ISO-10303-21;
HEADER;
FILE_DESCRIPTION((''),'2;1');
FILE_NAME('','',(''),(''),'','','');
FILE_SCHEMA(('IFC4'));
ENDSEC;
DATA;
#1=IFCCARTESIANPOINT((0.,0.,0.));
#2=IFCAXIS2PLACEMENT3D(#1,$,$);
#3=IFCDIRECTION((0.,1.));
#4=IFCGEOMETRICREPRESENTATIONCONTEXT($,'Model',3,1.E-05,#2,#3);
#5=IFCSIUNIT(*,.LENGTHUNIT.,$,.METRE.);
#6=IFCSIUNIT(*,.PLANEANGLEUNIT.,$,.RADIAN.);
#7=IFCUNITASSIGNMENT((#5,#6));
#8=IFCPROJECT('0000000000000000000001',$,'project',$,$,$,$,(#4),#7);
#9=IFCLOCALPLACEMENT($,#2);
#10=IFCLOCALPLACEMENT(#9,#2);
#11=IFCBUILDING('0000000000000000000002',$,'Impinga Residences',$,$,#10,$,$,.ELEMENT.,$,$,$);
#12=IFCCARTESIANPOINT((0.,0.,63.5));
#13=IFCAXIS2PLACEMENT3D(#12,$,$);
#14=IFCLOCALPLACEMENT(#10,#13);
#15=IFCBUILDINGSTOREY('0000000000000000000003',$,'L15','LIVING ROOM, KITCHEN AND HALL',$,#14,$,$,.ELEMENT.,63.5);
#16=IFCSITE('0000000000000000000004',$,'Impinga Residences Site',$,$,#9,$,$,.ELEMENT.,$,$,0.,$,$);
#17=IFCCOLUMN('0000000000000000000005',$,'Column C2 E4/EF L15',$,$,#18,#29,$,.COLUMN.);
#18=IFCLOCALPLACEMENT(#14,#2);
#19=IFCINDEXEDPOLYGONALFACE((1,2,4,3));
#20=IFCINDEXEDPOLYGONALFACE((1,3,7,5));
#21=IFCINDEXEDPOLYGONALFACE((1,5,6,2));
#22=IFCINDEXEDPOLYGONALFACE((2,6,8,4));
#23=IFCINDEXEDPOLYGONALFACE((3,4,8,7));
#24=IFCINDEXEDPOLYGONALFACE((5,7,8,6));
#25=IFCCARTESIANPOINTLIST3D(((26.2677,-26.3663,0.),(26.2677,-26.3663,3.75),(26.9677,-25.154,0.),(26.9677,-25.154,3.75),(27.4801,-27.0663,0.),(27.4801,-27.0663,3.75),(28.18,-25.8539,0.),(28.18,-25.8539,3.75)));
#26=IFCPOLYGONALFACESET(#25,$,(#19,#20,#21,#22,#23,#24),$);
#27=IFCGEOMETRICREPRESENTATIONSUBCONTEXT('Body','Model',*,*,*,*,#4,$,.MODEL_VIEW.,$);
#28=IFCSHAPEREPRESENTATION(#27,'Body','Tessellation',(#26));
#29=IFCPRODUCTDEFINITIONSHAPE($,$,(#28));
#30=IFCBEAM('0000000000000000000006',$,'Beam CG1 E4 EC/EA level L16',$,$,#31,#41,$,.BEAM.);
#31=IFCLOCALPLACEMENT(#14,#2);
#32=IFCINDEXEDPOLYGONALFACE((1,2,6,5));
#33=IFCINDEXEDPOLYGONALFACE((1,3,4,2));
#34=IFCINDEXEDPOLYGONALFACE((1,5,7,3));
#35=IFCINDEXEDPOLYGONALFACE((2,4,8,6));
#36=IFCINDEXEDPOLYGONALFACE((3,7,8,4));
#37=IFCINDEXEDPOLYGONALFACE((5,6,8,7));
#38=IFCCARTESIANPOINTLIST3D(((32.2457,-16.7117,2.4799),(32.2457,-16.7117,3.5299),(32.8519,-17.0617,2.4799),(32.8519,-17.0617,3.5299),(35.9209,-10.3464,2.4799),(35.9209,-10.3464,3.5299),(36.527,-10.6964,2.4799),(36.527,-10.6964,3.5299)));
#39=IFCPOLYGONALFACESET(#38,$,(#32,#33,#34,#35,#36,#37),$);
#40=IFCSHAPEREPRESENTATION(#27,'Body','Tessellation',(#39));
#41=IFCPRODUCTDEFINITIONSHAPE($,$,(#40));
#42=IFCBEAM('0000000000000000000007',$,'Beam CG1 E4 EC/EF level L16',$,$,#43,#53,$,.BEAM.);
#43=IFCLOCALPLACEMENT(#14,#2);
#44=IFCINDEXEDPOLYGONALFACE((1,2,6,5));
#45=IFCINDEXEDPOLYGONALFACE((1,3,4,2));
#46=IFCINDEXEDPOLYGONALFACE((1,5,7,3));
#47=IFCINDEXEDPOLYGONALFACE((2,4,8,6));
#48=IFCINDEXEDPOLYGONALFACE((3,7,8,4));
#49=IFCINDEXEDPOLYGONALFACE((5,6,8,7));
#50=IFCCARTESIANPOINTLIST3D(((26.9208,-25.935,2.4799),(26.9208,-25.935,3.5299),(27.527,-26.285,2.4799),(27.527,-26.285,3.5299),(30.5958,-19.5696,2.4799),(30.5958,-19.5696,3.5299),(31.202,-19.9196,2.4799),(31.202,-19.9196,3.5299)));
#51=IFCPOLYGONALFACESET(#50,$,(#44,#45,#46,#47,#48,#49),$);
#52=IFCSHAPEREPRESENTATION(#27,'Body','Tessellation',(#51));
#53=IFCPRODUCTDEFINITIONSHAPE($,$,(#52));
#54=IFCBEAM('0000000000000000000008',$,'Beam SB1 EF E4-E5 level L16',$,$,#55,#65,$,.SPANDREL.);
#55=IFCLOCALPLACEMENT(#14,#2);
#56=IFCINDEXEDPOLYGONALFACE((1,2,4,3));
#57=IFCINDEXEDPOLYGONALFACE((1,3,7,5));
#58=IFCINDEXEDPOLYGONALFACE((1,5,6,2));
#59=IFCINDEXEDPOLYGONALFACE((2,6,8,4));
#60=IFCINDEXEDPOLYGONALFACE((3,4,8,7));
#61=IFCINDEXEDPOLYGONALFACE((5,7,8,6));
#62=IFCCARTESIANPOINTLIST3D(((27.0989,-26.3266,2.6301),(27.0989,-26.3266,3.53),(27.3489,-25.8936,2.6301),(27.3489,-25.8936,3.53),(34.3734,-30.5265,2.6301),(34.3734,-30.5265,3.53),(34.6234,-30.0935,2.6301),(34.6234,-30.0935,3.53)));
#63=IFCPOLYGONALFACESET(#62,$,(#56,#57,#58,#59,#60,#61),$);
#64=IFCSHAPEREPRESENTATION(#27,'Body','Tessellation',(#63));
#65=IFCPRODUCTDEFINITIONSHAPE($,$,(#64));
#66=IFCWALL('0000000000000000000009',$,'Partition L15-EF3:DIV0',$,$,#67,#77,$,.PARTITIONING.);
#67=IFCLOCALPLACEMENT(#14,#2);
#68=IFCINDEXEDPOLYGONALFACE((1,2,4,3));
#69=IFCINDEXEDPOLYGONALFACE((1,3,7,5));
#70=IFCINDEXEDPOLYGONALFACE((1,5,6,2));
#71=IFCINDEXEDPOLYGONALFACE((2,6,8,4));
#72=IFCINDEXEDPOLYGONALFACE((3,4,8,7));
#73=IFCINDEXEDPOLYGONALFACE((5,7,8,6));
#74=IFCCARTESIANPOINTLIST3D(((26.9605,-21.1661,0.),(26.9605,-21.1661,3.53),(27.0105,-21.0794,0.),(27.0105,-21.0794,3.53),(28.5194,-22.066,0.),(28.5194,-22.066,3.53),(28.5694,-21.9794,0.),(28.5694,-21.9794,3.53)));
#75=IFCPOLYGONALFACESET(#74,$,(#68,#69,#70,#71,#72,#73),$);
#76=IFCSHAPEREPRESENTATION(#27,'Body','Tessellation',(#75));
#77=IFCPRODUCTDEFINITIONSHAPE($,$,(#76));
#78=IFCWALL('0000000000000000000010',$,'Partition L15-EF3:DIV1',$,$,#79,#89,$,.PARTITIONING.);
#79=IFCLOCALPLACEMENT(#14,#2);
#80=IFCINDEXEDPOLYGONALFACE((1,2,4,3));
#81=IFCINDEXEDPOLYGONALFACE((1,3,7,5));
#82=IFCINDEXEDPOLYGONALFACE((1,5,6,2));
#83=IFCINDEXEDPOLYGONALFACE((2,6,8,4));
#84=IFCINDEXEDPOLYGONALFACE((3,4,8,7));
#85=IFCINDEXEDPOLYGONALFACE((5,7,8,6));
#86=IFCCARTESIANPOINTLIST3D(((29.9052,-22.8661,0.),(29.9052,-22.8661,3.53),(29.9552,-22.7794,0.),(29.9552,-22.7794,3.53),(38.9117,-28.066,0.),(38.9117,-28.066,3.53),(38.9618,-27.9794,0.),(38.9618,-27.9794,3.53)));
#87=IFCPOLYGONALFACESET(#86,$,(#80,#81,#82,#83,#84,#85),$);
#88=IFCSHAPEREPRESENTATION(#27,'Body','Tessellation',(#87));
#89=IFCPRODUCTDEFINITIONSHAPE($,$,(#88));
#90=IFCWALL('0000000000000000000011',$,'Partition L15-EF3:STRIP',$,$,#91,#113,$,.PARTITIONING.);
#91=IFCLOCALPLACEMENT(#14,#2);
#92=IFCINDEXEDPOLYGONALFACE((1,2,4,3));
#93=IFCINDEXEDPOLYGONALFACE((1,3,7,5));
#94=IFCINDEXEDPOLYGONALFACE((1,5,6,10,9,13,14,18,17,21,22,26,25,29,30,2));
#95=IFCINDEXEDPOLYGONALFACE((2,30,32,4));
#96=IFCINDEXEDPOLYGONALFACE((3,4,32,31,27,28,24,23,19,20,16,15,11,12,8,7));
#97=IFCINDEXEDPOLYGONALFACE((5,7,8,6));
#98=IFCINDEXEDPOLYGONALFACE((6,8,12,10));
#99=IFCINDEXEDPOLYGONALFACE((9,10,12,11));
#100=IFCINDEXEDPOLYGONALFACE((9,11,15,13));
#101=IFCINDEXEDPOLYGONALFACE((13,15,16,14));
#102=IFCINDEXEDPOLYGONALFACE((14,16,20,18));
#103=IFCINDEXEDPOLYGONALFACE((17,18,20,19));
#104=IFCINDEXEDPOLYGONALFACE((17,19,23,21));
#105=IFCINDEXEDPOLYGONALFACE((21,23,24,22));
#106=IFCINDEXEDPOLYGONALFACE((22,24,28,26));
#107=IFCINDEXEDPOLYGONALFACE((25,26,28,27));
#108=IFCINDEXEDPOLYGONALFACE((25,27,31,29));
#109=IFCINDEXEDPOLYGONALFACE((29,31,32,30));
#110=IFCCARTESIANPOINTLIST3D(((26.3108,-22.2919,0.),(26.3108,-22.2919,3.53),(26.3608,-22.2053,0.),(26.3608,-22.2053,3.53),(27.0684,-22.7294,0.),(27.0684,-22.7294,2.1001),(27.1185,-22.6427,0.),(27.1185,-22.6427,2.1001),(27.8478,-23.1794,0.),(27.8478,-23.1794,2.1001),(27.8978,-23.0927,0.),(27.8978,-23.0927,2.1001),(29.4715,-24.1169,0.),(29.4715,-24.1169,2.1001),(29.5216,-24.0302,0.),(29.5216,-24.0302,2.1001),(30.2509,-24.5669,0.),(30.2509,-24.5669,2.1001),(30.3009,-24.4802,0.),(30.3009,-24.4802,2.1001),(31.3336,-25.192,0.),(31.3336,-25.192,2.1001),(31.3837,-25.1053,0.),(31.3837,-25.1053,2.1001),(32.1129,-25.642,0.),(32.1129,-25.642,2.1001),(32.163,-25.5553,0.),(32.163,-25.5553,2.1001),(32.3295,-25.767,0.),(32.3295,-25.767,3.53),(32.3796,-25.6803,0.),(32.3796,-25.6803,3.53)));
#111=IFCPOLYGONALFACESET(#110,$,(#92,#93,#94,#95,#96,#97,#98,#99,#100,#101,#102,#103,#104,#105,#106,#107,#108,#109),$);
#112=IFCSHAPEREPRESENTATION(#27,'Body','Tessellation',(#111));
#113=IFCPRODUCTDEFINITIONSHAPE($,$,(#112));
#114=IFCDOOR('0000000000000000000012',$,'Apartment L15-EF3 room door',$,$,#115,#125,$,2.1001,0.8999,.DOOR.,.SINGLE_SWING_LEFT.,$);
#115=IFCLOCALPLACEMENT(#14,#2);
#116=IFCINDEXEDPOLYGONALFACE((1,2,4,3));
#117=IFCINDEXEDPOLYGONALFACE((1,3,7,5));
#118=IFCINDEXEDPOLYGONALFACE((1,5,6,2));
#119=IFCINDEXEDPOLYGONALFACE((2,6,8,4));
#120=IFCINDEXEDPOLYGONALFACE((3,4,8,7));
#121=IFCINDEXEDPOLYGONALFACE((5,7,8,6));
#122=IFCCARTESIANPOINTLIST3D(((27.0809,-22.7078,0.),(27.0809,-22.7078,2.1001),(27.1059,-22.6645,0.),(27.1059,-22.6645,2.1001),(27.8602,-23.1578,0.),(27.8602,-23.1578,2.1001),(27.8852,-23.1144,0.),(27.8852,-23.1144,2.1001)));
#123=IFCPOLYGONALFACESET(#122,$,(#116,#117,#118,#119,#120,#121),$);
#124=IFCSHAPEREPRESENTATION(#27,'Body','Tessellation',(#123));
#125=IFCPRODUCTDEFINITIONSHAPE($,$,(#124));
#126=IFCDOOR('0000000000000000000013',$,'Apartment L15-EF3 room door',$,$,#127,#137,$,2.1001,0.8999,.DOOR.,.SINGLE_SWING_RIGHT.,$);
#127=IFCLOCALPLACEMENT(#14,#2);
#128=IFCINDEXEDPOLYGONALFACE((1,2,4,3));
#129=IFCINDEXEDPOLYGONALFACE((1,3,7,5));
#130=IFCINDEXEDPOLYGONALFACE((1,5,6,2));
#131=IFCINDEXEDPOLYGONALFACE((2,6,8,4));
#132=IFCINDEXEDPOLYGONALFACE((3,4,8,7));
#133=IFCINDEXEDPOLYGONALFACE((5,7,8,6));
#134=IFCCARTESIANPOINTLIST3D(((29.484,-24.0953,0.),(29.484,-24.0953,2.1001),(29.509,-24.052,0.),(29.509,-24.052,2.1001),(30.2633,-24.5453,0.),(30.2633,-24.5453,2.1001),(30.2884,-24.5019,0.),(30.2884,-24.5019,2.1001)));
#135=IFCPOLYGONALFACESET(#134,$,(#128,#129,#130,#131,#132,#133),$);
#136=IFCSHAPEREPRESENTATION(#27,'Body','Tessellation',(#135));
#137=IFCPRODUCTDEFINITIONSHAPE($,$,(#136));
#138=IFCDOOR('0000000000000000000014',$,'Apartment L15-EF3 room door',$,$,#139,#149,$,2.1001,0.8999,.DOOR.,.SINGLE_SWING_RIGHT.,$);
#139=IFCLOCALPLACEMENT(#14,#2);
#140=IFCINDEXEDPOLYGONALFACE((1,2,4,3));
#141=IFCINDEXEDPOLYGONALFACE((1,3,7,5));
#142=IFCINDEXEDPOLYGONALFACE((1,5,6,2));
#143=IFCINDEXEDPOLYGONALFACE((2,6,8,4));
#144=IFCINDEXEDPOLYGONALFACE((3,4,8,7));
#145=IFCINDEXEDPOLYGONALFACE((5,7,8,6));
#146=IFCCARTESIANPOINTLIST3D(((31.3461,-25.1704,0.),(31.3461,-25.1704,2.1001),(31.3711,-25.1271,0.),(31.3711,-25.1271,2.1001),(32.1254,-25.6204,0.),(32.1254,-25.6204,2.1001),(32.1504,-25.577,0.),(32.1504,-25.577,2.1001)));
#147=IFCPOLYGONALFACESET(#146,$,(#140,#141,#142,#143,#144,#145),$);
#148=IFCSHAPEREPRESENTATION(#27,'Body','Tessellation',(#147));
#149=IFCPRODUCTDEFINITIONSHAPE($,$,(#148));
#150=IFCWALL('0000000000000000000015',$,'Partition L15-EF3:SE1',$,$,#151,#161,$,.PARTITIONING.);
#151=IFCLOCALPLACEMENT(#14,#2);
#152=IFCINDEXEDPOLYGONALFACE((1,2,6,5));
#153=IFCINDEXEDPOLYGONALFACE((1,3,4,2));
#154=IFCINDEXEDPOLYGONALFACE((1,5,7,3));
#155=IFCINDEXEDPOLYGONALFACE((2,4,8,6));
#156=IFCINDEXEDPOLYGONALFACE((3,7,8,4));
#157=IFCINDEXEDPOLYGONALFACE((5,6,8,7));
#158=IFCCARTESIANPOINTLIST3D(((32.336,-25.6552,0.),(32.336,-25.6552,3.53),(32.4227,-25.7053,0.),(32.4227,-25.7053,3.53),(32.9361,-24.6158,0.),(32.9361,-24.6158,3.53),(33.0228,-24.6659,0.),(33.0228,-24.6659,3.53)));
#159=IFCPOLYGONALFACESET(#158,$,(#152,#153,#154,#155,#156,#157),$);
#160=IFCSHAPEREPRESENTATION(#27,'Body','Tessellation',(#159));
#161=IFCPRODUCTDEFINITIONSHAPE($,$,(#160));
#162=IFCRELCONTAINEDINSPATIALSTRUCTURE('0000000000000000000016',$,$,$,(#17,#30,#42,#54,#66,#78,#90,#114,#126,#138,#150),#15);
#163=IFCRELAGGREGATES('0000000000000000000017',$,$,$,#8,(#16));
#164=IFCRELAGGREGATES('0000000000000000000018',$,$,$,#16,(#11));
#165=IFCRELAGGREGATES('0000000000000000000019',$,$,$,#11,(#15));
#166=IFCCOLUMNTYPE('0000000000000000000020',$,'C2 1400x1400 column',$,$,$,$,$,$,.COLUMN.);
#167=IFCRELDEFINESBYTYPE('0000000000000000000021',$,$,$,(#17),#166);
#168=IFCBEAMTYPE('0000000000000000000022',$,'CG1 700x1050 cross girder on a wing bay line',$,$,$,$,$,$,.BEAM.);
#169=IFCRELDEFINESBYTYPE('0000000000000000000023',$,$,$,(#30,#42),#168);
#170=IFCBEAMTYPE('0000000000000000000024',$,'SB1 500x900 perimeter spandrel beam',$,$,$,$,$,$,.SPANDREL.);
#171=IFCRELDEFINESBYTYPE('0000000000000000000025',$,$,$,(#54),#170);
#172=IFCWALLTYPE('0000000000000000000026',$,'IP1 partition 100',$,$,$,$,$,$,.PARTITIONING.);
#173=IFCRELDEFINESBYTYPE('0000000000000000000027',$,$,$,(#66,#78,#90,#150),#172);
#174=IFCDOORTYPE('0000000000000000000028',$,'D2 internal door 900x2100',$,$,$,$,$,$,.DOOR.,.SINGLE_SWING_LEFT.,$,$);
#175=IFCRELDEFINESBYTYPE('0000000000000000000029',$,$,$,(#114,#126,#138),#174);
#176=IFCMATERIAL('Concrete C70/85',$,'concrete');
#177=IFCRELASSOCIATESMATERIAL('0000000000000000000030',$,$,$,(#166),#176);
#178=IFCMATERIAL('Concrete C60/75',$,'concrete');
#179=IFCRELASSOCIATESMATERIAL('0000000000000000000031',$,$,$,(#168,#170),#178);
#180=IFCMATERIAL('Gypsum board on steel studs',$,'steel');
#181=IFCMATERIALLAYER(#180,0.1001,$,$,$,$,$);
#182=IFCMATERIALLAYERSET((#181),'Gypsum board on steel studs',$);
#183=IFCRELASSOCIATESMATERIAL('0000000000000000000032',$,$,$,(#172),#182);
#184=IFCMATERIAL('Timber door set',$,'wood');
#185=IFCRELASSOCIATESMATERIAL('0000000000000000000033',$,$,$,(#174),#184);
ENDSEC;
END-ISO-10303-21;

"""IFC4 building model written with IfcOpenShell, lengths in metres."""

from ifc_helpers import new_model, si_unit, direction, frame, frame_2d, origin, origin_2d, place, context, subcontext, project, spatial, rectangle, extrude, material, layer, layer_set, material_profile, profile_set, type_object, element, fill, save


model = new_model("IFC4")

# Units and contexts
model_context = context("Model", 3, precision=1e-05, world=origin(), true_north=direction((0.0, 1.0)))
body_context = subcontext(model_context, "Body", "Model", "MODEL_VIEW")
ifc_project = project(units=[si_unit("LENGTHUNIT", "METRE"), si_unit("PLANEANGLEUNIT", "RADIAN")], contexts=[model_context])

# Site, building, storey
site_placement = place(None, origin())
site = spatial("IfcSite", under=ifc_project, at=site_placement, Name="Impinga Residences Site", CompositionType="ELEMENT", RefElevation=0.0)
building_placement = place(site_placement, origin())
building = spatial("IfcBuilding", under=site, at=building_placement, Name="Impinga Residences", CompositionType="ELEMENT")
storey_placement = place(building_placement, frame((0.0, 0.0, 63.5)))
storey = spatial("IfcBuildingStorey", under=building, at=storey_placement, Name="L15", Description="LIVING ROOM, KITCHEN AND HALL", CompositionType="ELEMENT", Elevation=63.5)

# Column
ifc_material_1 = material(Name="Concrete C70/85", Category="concrete")
ifc_material_profile_1 = material_profile(ifc_material_1, rectangle(XDim=1.3999, YDim=1.3999, at=origin_2d()), Name="RC 1400x1400")
ifc_profile_set_1 = profile_set([ifc_material_profile_1], Name="Concrete C70/85")
column_type = type_object("IfcColumnType", Name="C2 1400x1400 column", PredefinedType="COLUMN", material=ifc_profile_set_1)
column_placement = place(storey_placement, frame((27.2239, -26.1101, 0.0), z_axis=(0.0, 0.0, 1.0), x_axis=(-0.5, -0.866025, 0.0)))
element("IfcColumn", 1, at=column_placement, inside=storey, type_object=column_type, Name="Column C2 E4/EF L15", PredefinedType="COLUMN", context=body_context, shape_type="SweptSolid", body=[
    extrude(rectangle(XDim=1.3999, YDim=1.3999, at=origin_2d()), origin(), (0.0, 0.0, 1.0), 3.75),
])

# Beams
ifc_material_2 = material(Name="Concrete C60/75", Category="concrete")
ifc_material_profile_2 = material_profile(ifc_material_2, rectangle(XDim=0.7, YDim=1.05, at=origin_2d()), Name="RC 700x1050")
ifc_profile_set_2 = profile_set([ifc_material_profile_2], Name="Concrete C60/75")
beam_type_1 = type_object("IfcBeamType", Name="CG1 700x1050 cross girder on a wing bay line", PredefinedType="BEAM", material=ifc_profile_set_2)
for number, where, z_axis, x_axis, name in (
    (2, (32.5488, -16.8867, 3.0049), (0.500008, 0.866021, 0.0), (-0.866021, 0.500008, 0.0), "Beam CG1 E4 EC/EA level L16"),
    (3, (30.8989, -19.7446, 3.0049), (-0.499994, -0.866029, 0.0), (0.866029, -0.499994, 0.0), "Beam CG1 E4 EC/EF level L16"),
):
    element("IfcBeam", number, at=place(storey_placement, frame(where, z_axis=z_axis, x_axis=x_axis)), inside=storey, type_object=beam_type_1, Name=name, PredefinedType="BEAM", context=body_context, shape_type="SweptSolid", body=[
        extrude(rectangle(XDim=0.7, YDim=1.05, at=origin_2d()), origin(), (0.0, 0.0, 1.0), 7.3501),
    ])
ifc_material_profile_3 = material_profile(ifc_material_2, rectangle(XDim=0.5, YDim=0.8999, at=origin_2d()), Name="RC 500x900")
ifc_profile_set_3 = profile_set([ifc_material_profile_3], Name="Concrete C60/75")
beam_type_2 = type_object("IfcBeamType", Name="SB1 500x900 perimeter spandrel beam", PredefinedType="SPANDREL", material=ifc_profile_set_3)
beam_placement = place(storey_placement, frame((27.2239, -26.1101, 3.0801), z_axis=(0.866029, -0.499993, 0.0), x_axis=(0.499993, 0.866029, 0.0)))
element("IfcBeam", 4, at=beam_placement, inside=storey, type_object=beam_type_2, Name="Beam SB1 EF E4-E5 level L16", PredefinedType="SPANDREL", context=body_context, shape_type="SweptSolid", body=[
    extrude(rectangle(XDim=0.5, YDim=0.8999, at=origin_2d()), origin(), (0.0, 0.0, 1.0), 8.3999),
])

# Walls
ifc_material_3 = material(Name="Gypsum board on steel studs", Category="steel")
ifc_layer_1 = layer(ifc_material_3, 0.1001)
ifc_layer_set_1 = layer_set([ifc_layer_1], Name="Gypsum board on steel studs")
wall_type_1 = type_object("IfcWallType", Name="IP1 partition 100", PredefinedType="PARTITIONING", material=ifc_layer_set_1)
wall_1_placement = place(storey_placement, frame((26.9856, -21.1228, 0.0), z_axis=(0.0, 0.0, 1.0), x_axis=(0.866048, -0.499961, 0.0)))
element("IfcWall", 5, at=wall_1_placement, inside=storey, type_object=wall_type_1, Name="Partition L15-EF3:DIV0", PredefinedType="PARTITIONING", context=body_context, shape_type="SweptSolid", body=[
    extrude(rectangle(XDim=1.8, YDim=0.1001, at=frame_2d((0.8999, 0.0))), origin(), (0.0, 0.0, 1.0), 3.53),
])
wall_2_placement = place(storey_placement, frame((29.9302, -22.8228, 0.0), z_axis=(0.0, 0.0, 1.0), x_axis=(0.866026, -0.499999, 0.0)))
element("IfcWall", 6, at=wall_2_placement, inside=storey, type_object=wall_type_1, Name="Partition L15-EF3:DIV1", PredefinedType="PARTITIONING", context=body_context, shape_type="SweptSolid", body=[
    extrude(rectangle(XDim=10.3999, YDim=0.1001, at=frame_2d((5.2, 0.0))), origin(), (0.0, 0.0, 1.0), 3.53),
])

# Wall, openings, doors
wall_3_placement = place(storey_placement, frame((26.3357, -22.2485, 0.0), z_axis=(0.0, 0.0, 1.0), x_axis=(0.866017, -0.500015, 0.0)))
wall_3 = element("IfcWall", 7, at=wall_3_placement, inside=storey, type_object=wall_type_1, Name="Partition L15-EF3:STRIP", PredefinedType="PARTITIONING", context=body_context, shape_type="SweptSolid", body=[
    extrude(rectangle(XDim=6.95, YDim=0.1001, at=frame_2d((3.4751, 0.0))), origin(), (0.0, 0.0, 1.0), 3.53),
])
opening_1_placement = place(wall_3_placement, frame((0.875, 0.0, 0.0)))
opening_1 = element("IfcOpeningElement", 8, at=opening_1_placement, cuts=wall_3, PredefinedType="OPENING", context=body_context, shape_type="SweptSolid", body=[
    extrude(rectangle(XDim=0.8999, YDim=2.1001, at=frame_2d((0.45, 1.05))), frame((0.0, 0.0601, 0.0), z_axis=(0.0, -1.0, 0.0), x_axis=(1.0, 0.0, 0.0)), (0.0, 0.0, 1.0), 0.1201),
])
opening_2_placement = place(wall_3_placement, frame((3.6499, 0.0, 0.0)))
opening_2 = element("IfcOpeningElement", 9, at=opening_2_placement, cuts=wall_3, PredefinedType="OPENING", context=body_context, shape_type="SweptSolid", body=[
    extrude(rectangle(XDim=0.8999, YDim=2.1001, at=frame_2d((0.45, 1.05))), frame((0.0, 0.0601, 0.0), z_axis=(0.0, -1.0, 0.0), x_axis=(1.0, 0.0, 0.0)), (0.0, 0.0, 1.0), 0.1201),
])
opening_3_placement = place(wall_3_placement, frame((5.8, 0.0, 0.0)))
opening_3 = element("IfcOpeningElement", 10, at=opening_3_placement, cuts=wall_3, PredefinedType="OPENING", context=body_context, shape_type="SweptSolid", body=[
    extrude(rectangle(XDim=0.8999, YDim=2.1001, at=frame_2d((0.45, 1.05))), frame((0.0, 0.0601, 0.0), z_axis=(0.0, -1.0, 0.0), x_axis=(1.0, 0.0, 0.0)), (0.0, 0.0, 1.0), 0.1201),
])
ifc_material_4 = material(Name="Timber door set", Category="wood")
door_type = type_object("IfcDoorType", Name="D2 internal door 900x2100", OperationType="SINGLE_SWING_LEFT", PredefinedType="DOOR", material=ifc_material_4)
door_1_placement = place(opening_1_placement, origin())
door_1 = element("IfcDoor", 11, at=door_1_placement, inside=storey, type_object=door_type, Name="Apartment L15-EF3 room door", OperationType="SINGLE_SWING_LEFT", OverallHeight=2.1001, OverallWidth=0.8999, PredefinedType="DOOR", context=body_context, shape_type="SweptSolid", body=[
    extrude(rectangle(XDim=0.8999, YDim=2.1001, at=frame_2d((0.45, 1.05))), frame((0.0, 0.0249, 0.0), z_axis=(0.0, -1.0, 0.0), x_axis=(1.0, 0.0, 0.0)), (0.0, 0.0, 1.0), 0.05),
])
fill(opening_1, door_1)
door_2_placement = place(opening_2_placement, origin())
door_2 = element("IfcDoor", 12, at=door_2_placement, inside=storey, type_object=door_type, Name="Apartment L15-EF3 room door", OperationType="SINGLE_SWING_RIGHT", OverallHeight=2.1001, OverallWidth=0.8999, PredefinedType="DOOR", context=body_context, shape_type="SweptSolid", body=[
    extrude(rectangle(XDim=0.8999, YDim=2.1001, at=frame_2d((0.45, 1.05))), frame((0.0, 0.0249, 0.0), z_axis=(0.0, -1.0, 0.0), x_axis=(1.0, 0.0, 0.0)), (0.0, 0.0, 1.0), 0.05),
])
fill(opening_2, door_2)
door_3_placement = place(opening_3_placement, origin())
door_3 = element("IfcDoor", 13, at=door_3_placement, inside=storey, type_object=door_type, Name="Apartment L15-EF3 room door", OperationType="SINGLE_SWING_RIGHT", OverallHeight=2.1001, OverallWidth=0.8999, PredefinedType="DOOR", context=body_context, shape_type="SweptSolid", body=[
    extrude(rectangle(XDim=0.8999, YDim=2.1001, at=frame_2d((0.45, 1.05))), frame((0.0, 0.0249, 0.0), z_axis=(0.0, -1.0, 0.0), x_axis=(1.0, 0.0, 0.0)), (0.0, 0.0, 1.0), 0.05),
])
fill(opening_3, door_3)

# Wall
wall_4_placement = place(storey_placement, frame((32.9795, -24.6409, 0.0), z_axis=(0.0, 0.0, 1.0), x_axis=(-0.500034, -0.866006, 0.0)))
element("IfcWall", 14, at=wall_4_placement, inside=storey, type_object=wall_type_1, Name="Partition L15-EF3:SE1", PredefinedType="PARTITIONING", context=body_context, shape_type="SweptSolid", body=[
    extrude(rectangle(XDim=1.2002, YDim=0.1001, at=frame_2d((0.6001, 0.0))), origin(), (0.0, 0.0, 1.0), 3.53),
])

save(model, "model.ifc")
